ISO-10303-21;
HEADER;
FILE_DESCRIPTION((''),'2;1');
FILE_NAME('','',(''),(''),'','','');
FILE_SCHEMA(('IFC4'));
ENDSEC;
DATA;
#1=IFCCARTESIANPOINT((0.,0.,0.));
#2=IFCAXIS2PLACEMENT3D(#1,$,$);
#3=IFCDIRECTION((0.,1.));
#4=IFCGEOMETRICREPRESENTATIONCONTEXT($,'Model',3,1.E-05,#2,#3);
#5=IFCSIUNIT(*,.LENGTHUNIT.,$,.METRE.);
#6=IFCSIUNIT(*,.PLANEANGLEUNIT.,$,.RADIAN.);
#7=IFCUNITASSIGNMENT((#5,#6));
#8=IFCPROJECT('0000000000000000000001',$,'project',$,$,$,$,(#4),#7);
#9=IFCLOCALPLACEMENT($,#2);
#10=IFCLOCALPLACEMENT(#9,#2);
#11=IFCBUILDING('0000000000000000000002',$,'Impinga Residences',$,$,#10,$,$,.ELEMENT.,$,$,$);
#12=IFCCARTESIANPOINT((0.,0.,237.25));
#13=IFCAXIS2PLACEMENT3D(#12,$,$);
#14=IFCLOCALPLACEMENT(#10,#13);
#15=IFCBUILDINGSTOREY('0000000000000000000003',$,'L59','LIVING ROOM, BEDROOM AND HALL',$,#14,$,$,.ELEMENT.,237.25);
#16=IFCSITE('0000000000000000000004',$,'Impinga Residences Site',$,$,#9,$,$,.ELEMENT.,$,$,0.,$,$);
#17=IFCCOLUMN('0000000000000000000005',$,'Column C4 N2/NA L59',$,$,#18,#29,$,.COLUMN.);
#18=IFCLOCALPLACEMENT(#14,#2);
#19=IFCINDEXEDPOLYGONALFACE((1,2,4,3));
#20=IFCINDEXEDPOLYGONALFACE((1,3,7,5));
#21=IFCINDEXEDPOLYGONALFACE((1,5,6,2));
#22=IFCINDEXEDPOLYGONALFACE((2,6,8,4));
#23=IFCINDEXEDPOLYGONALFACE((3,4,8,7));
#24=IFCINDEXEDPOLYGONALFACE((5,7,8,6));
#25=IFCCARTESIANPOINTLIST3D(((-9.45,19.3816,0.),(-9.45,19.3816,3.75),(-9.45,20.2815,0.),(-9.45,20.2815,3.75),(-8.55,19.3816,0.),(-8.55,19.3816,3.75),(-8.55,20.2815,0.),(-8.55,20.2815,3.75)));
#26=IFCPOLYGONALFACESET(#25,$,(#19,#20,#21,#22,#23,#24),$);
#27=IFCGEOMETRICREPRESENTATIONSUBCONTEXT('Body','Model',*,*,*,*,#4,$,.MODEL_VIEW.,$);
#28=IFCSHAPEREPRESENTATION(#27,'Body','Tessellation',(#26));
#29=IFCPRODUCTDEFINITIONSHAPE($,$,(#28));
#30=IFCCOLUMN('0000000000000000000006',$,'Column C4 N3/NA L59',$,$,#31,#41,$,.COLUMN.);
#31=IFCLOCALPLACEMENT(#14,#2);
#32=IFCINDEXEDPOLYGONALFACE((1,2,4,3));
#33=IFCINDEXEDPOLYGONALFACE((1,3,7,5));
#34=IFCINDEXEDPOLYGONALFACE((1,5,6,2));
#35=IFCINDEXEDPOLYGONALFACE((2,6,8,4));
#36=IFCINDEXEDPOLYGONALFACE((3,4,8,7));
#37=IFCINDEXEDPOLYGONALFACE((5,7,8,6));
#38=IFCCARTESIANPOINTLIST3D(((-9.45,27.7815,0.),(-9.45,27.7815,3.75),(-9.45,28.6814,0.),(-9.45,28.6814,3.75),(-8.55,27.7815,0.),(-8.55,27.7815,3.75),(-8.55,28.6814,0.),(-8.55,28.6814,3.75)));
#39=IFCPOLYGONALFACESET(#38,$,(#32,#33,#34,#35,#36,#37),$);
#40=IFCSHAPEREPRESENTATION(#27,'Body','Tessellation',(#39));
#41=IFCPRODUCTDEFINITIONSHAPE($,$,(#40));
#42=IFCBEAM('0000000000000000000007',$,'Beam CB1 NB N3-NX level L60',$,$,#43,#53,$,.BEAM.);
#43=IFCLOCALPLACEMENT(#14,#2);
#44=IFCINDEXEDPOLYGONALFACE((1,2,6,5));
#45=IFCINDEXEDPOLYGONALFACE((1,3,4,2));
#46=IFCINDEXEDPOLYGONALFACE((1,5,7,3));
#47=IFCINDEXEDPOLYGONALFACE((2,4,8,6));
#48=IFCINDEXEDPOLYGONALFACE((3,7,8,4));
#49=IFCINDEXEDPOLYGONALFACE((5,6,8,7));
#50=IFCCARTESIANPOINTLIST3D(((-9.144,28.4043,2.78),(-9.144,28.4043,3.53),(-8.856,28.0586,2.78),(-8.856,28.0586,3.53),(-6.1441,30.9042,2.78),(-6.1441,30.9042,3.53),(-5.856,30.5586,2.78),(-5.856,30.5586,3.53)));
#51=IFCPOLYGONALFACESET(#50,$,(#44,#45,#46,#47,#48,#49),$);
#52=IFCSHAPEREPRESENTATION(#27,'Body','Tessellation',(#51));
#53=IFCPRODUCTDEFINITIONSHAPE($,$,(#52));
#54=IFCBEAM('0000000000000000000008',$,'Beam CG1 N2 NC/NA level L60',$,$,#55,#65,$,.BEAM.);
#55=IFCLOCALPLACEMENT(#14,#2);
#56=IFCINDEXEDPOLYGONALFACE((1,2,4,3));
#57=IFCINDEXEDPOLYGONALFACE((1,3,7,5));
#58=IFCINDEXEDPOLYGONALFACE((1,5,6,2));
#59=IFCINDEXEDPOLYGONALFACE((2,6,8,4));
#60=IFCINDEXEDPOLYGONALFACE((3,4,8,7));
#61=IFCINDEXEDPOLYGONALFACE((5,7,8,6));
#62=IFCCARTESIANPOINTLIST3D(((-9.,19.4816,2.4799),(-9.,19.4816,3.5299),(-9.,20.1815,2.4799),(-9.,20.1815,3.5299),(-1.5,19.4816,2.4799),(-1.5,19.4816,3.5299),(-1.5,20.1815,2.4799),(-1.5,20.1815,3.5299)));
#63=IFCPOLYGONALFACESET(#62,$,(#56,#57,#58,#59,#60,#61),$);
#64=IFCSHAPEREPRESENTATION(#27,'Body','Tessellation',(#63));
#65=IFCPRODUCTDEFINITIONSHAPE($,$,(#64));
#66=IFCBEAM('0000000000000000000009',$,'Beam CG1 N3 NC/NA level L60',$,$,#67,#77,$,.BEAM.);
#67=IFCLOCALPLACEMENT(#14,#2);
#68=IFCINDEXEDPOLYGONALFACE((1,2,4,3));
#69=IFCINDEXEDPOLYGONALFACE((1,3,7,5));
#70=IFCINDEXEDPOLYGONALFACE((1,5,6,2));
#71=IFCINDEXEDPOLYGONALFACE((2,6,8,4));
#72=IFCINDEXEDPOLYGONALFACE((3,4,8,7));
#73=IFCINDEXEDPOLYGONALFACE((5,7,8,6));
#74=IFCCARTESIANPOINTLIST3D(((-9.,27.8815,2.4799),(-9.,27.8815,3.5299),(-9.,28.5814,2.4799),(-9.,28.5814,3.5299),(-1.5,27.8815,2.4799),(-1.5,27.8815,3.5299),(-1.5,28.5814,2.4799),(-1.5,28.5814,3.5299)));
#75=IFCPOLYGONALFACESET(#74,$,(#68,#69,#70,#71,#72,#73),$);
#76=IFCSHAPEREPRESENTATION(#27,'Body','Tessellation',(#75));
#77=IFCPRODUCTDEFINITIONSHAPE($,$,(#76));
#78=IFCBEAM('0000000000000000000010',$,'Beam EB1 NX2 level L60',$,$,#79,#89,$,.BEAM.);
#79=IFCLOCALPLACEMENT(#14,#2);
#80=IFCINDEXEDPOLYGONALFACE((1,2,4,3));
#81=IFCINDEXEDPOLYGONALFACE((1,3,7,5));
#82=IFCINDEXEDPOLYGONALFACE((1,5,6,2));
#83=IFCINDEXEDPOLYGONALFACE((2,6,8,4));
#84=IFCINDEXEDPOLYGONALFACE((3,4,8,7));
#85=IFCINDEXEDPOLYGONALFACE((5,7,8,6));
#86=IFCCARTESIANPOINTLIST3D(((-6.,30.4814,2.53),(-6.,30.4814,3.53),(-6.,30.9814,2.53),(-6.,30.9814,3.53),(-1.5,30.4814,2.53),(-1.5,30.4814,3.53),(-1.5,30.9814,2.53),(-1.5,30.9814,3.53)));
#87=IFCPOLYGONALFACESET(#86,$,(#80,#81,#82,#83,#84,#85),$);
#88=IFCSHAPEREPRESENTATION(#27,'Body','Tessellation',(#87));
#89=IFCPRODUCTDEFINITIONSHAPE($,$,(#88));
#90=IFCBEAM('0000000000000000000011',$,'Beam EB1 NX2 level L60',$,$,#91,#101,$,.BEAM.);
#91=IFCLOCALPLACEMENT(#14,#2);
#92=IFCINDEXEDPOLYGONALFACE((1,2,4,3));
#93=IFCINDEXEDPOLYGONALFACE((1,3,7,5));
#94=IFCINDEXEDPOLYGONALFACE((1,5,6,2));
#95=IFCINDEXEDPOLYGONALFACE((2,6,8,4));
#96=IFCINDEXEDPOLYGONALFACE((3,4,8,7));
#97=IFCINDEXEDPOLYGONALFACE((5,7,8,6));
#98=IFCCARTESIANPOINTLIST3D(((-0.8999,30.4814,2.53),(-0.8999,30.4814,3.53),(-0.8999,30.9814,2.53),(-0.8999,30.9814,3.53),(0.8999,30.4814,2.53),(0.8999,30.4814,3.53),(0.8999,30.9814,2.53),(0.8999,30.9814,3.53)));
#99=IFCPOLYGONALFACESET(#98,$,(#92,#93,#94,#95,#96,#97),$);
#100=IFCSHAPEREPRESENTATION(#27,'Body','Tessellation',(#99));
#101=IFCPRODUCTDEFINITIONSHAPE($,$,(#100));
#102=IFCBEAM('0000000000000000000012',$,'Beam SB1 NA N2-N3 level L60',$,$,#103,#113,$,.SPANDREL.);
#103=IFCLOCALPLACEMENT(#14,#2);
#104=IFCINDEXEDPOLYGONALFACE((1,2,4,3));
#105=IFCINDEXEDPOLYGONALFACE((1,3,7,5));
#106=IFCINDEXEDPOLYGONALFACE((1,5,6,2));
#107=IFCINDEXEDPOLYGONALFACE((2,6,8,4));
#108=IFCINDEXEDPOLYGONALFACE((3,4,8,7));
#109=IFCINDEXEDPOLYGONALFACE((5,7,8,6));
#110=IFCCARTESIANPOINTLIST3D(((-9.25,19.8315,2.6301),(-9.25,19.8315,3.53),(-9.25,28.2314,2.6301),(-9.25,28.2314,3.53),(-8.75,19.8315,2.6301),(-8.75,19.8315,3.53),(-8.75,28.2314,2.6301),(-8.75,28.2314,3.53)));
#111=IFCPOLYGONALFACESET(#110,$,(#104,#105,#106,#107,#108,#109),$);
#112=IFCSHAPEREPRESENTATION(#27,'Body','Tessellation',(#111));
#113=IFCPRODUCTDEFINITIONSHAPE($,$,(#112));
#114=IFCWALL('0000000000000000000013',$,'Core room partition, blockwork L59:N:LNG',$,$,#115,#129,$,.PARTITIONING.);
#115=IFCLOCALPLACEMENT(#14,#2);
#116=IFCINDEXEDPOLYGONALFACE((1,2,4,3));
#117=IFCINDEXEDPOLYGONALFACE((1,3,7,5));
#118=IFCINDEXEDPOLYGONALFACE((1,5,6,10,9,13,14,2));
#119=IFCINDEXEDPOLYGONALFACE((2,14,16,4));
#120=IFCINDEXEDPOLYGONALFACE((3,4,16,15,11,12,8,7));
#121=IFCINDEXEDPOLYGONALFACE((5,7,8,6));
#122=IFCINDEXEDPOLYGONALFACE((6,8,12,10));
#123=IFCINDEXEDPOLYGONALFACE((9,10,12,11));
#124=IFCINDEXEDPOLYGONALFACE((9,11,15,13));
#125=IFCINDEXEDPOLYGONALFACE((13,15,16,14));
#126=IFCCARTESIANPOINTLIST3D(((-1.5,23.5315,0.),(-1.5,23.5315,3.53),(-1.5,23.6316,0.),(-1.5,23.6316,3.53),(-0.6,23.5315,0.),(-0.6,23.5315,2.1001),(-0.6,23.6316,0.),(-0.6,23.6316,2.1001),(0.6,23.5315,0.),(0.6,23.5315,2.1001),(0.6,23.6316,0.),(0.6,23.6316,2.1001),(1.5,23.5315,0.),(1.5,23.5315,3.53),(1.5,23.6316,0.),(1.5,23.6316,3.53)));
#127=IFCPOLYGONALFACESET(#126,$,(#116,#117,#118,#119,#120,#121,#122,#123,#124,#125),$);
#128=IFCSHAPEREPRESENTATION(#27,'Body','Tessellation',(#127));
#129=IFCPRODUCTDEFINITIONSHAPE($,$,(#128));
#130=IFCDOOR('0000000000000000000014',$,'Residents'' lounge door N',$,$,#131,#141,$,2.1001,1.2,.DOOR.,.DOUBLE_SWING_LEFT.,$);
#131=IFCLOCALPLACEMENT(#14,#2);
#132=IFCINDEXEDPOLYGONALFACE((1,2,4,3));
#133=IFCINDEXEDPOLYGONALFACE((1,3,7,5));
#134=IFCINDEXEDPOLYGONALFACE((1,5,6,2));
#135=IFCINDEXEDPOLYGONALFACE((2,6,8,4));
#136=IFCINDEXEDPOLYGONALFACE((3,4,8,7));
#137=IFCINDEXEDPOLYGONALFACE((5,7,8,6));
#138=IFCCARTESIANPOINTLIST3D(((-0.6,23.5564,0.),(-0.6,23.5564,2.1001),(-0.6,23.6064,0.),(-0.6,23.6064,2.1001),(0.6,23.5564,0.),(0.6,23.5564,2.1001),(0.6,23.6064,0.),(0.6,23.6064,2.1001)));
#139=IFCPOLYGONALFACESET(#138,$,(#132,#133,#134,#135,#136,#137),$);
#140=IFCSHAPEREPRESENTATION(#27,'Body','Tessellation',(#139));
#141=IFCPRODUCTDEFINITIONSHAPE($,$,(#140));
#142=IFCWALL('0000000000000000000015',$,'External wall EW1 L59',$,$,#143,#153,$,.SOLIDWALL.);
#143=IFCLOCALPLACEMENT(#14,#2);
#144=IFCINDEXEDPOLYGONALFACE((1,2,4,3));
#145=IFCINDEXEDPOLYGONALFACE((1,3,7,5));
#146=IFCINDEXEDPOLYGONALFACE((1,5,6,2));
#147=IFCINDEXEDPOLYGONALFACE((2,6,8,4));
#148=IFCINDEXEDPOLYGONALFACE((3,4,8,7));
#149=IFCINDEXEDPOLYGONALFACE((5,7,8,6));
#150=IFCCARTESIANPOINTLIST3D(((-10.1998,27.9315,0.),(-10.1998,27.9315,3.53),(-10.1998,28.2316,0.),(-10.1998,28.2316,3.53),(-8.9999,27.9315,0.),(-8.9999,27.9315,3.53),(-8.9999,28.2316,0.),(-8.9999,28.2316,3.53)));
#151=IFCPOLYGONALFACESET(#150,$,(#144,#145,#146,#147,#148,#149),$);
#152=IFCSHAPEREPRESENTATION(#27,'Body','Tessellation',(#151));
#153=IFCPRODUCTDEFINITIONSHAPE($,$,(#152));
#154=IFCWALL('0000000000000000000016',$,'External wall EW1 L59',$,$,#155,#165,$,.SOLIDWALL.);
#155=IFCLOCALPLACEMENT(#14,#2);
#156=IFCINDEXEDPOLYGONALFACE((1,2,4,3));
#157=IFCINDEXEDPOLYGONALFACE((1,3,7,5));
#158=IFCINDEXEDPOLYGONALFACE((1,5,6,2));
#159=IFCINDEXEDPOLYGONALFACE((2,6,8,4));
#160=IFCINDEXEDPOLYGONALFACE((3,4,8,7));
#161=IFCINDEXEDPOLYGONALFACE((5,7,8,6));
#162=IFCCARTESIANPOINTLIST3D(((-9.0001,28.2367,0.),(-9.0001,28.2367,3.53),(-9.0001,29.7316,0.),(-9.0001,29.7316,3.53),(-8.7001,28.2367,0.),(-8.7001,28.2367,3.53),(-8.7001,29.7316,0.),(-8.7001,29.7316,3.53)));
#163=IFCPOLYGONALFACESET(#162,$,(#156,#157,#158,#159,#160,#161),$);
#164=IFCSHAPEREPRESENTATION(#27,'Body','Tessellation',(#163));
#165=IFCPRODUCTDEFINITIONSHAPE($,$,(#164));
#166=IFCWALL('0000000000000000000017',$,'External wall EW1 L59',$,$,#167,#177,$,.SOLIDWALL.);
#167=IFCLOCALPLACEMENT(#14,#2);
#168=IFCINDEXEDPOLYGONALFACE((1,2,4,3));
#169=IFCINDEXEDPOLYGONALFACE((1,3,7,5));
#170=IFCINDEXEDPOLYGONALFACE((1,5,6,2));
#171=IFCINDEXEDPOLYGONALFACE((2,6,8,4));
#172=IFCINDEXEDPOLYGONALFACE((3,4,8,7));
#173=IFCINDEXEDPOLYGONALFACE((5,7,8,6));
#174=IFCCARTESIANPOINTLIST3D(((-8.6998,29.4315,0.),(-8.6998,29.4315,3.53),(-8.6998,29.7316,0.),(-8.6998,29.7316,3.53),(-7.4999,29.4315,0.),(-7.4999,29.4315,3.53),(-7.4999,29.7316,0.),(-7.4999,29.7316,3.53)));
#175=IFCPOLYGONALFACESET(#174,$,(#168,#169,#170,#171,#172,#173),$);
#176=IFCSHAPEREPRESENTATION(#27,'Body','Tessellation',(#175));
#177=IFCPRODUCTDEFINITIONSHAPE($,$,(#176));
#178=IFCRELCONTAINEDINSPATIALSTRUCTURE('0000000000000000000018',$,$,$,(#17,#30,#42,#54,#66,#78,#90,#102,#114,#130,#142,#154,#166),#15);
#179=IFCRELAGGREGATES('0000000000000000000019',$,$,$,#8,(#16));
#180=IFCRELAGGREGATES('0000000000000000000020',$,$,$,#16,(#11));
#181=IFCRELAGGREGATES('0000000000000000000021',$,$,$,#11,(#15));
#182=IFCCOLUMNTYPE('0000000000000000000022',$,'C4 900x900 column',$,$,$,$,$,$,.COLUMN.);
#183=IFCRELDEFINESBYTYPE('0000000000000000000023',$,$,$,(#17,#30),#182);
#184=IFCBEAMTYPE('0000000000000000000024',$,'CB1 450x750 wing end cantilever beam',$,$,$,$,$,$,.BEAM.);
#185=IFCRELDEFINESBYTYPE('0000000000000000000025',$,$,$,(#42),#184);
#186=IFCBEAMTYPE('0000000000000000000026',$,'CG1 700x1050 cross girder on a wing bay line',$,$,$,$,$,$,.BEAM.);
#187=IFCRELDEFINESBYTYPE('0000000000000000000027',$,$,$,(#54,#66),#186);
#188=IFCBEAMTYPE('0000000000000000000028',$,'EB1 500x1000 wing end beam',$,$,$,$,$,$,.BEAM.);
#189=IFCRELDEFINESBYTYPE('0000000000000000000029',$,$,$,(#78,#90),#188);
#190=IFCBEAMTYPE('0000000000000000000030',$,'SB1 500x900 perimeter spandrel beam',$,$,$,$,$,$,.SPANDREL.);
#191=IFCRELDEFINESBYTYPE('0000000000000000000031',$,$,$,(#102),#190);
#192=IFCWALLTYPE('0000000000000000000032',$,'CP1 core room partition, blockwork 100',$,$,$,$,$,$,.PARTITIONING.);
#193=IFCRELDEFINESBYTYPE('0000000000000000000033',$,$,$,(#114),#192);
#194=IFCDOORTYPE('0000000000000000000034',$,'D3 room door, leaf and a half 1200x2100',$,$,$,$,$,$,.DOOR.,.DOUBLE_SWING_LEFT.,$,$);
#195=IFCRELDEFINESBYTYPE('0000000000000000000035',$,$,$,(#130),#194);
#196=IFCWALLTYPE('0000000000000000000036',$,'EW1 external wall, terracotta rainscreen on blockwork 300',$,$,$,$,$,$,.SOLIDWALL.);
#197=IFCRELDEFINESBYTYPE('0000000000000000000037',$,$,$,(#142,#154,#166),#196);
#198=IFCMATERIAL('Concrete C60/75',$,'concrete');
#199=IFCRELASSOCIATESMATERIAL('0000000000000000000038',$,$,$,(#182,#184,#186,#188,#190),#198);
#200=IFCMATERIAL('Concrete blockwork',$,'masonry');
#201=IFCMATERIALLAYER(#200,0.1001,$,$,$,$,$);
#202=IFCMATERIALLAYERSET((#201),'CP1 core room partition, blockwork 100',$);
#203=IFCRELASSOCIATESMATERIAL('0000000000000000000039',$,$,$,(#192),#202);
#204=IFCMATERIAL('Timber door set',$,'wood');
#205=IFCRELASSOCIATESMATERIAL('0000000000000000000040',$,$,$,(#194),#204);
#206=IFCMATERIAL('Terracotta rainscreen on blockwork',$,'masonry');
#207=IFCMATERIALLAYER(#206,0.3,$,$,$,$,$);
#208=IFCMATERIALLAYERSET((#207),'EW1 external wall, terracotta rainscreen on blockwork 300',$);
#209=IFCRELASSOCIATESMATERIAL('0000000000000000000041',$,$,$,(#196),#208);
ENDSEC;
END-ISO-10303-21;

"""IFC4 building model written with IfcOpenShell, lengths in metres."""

from ifc_helpers import new_model, si_unit, direction, frame, frame_2d, origin, origin_2d, place, context, subcontext, project, spatial, rectangle, extrude, material, layer, layer_set, material_profile, profile_set, type_object, element, fill, save


model = new_model("IFC4")

# Units and contexts
model_context = context("Model", 3, precision=1e-05, world=origin(), true_north=direction((0.0, 1.0)))
body_context = subcontext(model_context, "Body", "Model", "MODEL_VIEW")
ifc_project = project(units=[si_unit("LENGTHUNIT", "METRE"), si_unit("PLANEANGLEUNIT", "RADIAN")], contexts=[model_context])

# Site, building, storey
site_placement = place(None, origin())
site = spatial("IfcSite", under=ifc_project, at=site_placement, Name="Impinga Residences Site", CompositionType="ELEMENT", RefElevation=0.0)
building_placement = place(site_placement, origin())
building = spatial("IfcBuilding", under=site, at=building_placement, Name="Impinga Residences", CompositionType="ELEMENT")
storey_placement = place(building_placement, frame((0.0, 0.0, 237.25)))
storey = spatial("IfcBuildingStorey", under=building, at=storey_placement, Name="L59", Description="LIVING ROOM, BEDROOM AND HALL", CompositionType="ELEMENT", Elevation=237.25)

# Columns
ifc_material_1 = material(Name="Concrete C60/75", Category="concrete")
ifc_material_profile_1 = material_profile(ifc_material_1, rectangle(XDim=0.8999, YDim=0.8999, at=origin_2d()), Name="RC 900x900")
ifc_profile_set_1 = profile_set([ifc_material_profile_1], Name="Concrete C60/75")
column_type = type_object("IfcColumnType", Name="C4 900x900 column", PredefinedType="COLUMN", material=ifc_profile_set_1)
for number, where, z_axis, x_axis, name in (
    (1, (-9.0, 19.8315, 0.0), (0.0, 0.0, 1.0), (1.0, 0.0, 0.0), "Column C4 N2/NA L59"),
    (2, (-9.0, 28.2314, 0.0), (0.0, 0.0, 1.0), (1.0, 0.0, 0.0), "Column C4 N3/NA L59"),
):
    element("IfcColumn", number, at=place(storey_placement, frame(where, z_axis=z_axis, x_axis=x_axis)), inside=storey, type_object=column_type, Name=name, PredefinedType="COLUMN", context=body_context, shape_type="SweptSolid", body=[
        extrude(rectangle(XDim=0.8999, YDim=0.8999, at=origin_2d()), origin(), (0.0, 0.0, 1.0), 3.75),
    ])

# Beams
ifc_material_profile_2 = material_profile(ifc_material_1, rectangle(XDim=0.45, YDim=0.75, at=origin_2d()), Name="RC 450x750")
ifc_profile_set_2 = profile_set([ifc_material_profile_2], Name="Concrete C60/75")
beam_type_1 = type_object("IfcBeamType", Name="CB1 450x750 wing end cantilever beam", PredefinedType="BEAM", material=ifc_profile_set_2)
beam_1_placement = place(storey_placement, frame((-9.0, 28.2314, 3.155), z_axis=(0.768221, 0.640184, 0.0), x_axis=(-0.640184, 0.768221, 0.0)))
element("IfcBeam", 3, at=beam_1_placement, inside=storey, type_object=beam_type_1, Name="Beam CB1 NB N3-NX level L60", PredefinedType="BEAM", context=body_context, shape_type="SweptSolid", body=[
    extrude(rectangle(XDim=0.45, YDim=0.75, at=origin_2d()), origin(), (0.0, 0.0, 1.0), 3.905),
])
ifc_material_profile_3 = material_profile(ifc_material_1, rectangle(XDim=0.7, YDim=1.05, at=origin_2d()), Name="RC 700x1050")
ifc_profile_set_3 = profile_set([ifc_material_profile_3], Name="Concrete C60/75")
beam_type_2 = type_object("IfcBeamType", Name="CG1 700x1050 cross girder on a wing bay line", PredefinedType="BEAM", material=ifc_profile_set_3)
for number, where, z_axis, x_axis, name in (
    (4, (-1.5, 19.8315, 3.0049), (-1.0, 0.0, 0.0), (0.0, -1.0, 0.0), "Beam CG1 N2 NC/NA level L60"),
    (5, (-1.5, 28.2314, 3.0049), (-1.0, 0.0, 0.0), (0.0, -1.0, 0.0), "Beam CG1 N3 NC/NA level L60"),
):
    element("IfcBeam", number, at=place(storey_placement, frame(where, z_axis=z_axis, x_axis=x_axis)), inside=storey, type_object=beam_type_2, Name=name, PredefinedType="BEAM", context=body_context, shape_type="SweptSolid", body=[
        extrude(rectangle(XDim=0.7, YDim=1.05, at=origin_2d()), origin(), (0.0, 0.0, 1.0), 7.5),
    ])
ifc_material_profile_4 = material_profile(ifc_material_1, rectangle(XDim=0.5, YDim=1.0, at=origin_2d()), Name="RC 500x1000")
ifc_profile_set_4 = profile_set([ifc_material_profile_4], Name="Concrete C60/75")
beam_type_3 = type_object("IfcBeamType", Name="EB1 500x1000 wing end beam", PredefinedType="BEAM", material=ifc_profile_set_4)
beam_2_placement = place(storey_placement, frame((-6.0, 30.7314, 3.03), z_axis=(1.0, 0.0, 0.0), x_axis=(0.0, 1.0, 0.0)))
element("IfcBeam", 6, at=beam_2_placement, inside=storey, type_object=beam_type_3, Name="Beam EB1 NX2 level L60", PredefinedType="BEAM", context=body_context, shape_type="SweptSolid", body=[
    extrude(rectangle(XDim=0.5, YDim=1.0, at=origin_2d()), origin(), (0.0, 0.0, 1.0), 4.5),
])
beam_3_placement = place(storey_placement, frame((-0.8999, 30.7314, 3.03), z_axis=(1.0, 0.0, 0.0), x_axis=(0.0, 1.0, 0.0)))
element("IfcBeam", 7, at=beam_3_placement, inside=storey, type_object=beam_type_3, Name="Beam EB1 NX2 level L60", PredefinedType="BEAM", context=body_context, shape_type="SweptSolid", body=[
    extrude(rectangle(XDim=0.5, YDim=1.0, at=origin_2d()), origin(), (0.0, 0.0, 1.0), 1.7998),
])
ifc_material_profile_5 = material_profile(ifc_material_1, rectangle(XDim=0.5, YDim=0.8999, at=origin_2d()), Name="RC 500x900")
ifc_profile_set_5 = profile_set([ifc_material_profile_5], Name="Concrete C60/75")
beam_type_4 = type_object("IfcBeamType", Name="SB1 500x900 perimeter spandrel beam", PredefinedType="SPANDREL", material=ifc_profile_set_5)
beam_4_placement = place(storey_placement, frame((-9.0, 19.8315, 3.0801), z_axis=(0.0, 1.0, 0.0), x_axis=(-1.0, 0.0, 0.0)))
element("IfcBeam", 8, at=beam_4_placement, inside=storey, type_object=beam_type_4, Name="Beam SB1 NA N2-N3 level L60", PredefinedType="SPANDREL", context=body_context, shape_type="SweptSolid", body=[
    extrude(rectangle(XDim=0.5, YDim=0.8999, at=origin_2d()), origin(), (0.0, 0.0, 1.0), 8.3999),
])

# Wall, opening, door
ifc_material_2 = material(Name="Concrete blockwork", Category="masonry")
ifc_layer_1 = layer(ifc_material_2, 0.1001)
ifc_layer_set_1 = layer_set([ifc_layer_1], Name="CP1 core room partition, blockwork 100")
wall_type_1 = type_object("IfcWallType", Name="CP1 core room partition, blockwork 100", PredefinedType="PARTITIONING", material=ifc_layer_set_1)
wall_1_placement = place(storey_placement, frame((-1.5, 23.5815, 0.0), z_axis=(0.0, 0.0, 1.0), x_axis=(1.0, 0.0, 0.0)))
wall_1 = element("IfcWall", 9, at=wall_1_placement, inside=storey, type_object=wall_type_1, Name="Core room partition, blockwork L59:N:LNG", PredefinedType="PARTITIONING", context=body_context, shape_type="SweptSolid", body=[
    extrude(rectangle(XDim=3.0, YDim=0.1001, at=frame_2d((1.5, 0.0))), origin(), (0.0, 0.0, 1.0), 3.53),
])
opening_1_placement = place(wall_1_placement, frame((0.8999, 0.0, 0.0)))
opening_1 = element("IfcOpeningElement", 10, at=opening_1_placement, cuts=wall_1, PredefinedType="OPENING", context=body_context, shape_type="SweptSolid", body=[
    extrude(rectangle(XDim=1.2, YDim=2.1001, at=frame_2d((0.6001, 1.05))), frame((0.0, 0.0601, 0.0), z_axis=(0.0, -1.0, 0.0), x_axis=(1.0, 0.0, 0.0)), (0.0, 0.0, 1.0), 0.1201),
])
ifc_material_3 = material(Name="Timber door set", Category="wood")
door_type_1 = type_object("IfcDoorType", Name="D3 room door, leaf and a half 1200x2100", OperationType="DOUBLE_SWING_LEFT", PredefinedType="DOOR", material=ifc_material_3)
door_1_placement = place(opening_1_placement, origin())
door_1 = element("IfcDoor", 11, at=door_1_placement, inside=storey, type_object=door_type_1, Name="Residents' lounge door N", OperationType="DOUBLE_SWING_LEFT", OverallHeight=2.1001, OverallWidth=1.2, PredefinedType="DOOR", context=body_context, shape_type="SweptSolid", body=[
    extrude(rectangle(XDim=1.2, YDim=2.1001, at=frame_2d((0.6001, 1.05))), frame((0.0, 0.0249, 0.0), z_axis=(0.0, -1.0, 0.0), x_axis=(1.0, 0.0, 0.0)), (0.0, 0.0, 1.0), 0.05),
])
fill(opening_1, door_1)

# Walls
ifc_material_4 = material(Name="Terracotta rainscreen on blockwork", Category="masonry")
ifc_layer_2 = layer(ifc_material_4, 0.3)
ifc_layer_set_2 = layer_set([ifc_layer_2], Name="EW1 external wall, terracotta rainscreen on blockwork 300")
wall_type_2 = type_object("IfcWallType", Name="EW1 external wall, terracotta rainscreen on blockwork 300", PredefinedType="SOLIDWALL", material=ifc_layer_set_2)
wall_2_placement = place(storey_placement, frame((-10.2, 28.0815, 0.0), z_axis=(0.0, 0.0, 1.0), x_axis=(1.0, 0.0, 0.0)))
element("IfcWall", 12, at=wall_2_placement, inside=storey, type_object=wall_type_2, Name="External wall EW1 L59", PredefinedType="SOLIDWALL", context=body_context, shape_type="SweptSolid", body=[
    extrude(rectangle(XDim=1.2, YDim=0.3, at=frame_2d((0.6001, 0.0))), origin(), (0.0, 0.0, 1.0), 3.53),
])
wall_3_placement = place(storey_placement, frame((-8.8501, 28.2366, 0.0), z_axis=(0.0, 0.0, 1.0), x_axis=(0.0, 1.0, 0.0)))
element("IfcWall", 13, at=wall_3_placement, inside=storey, type_object=wall_type_2, Name="External wall EW1 L59", PredefinedType="SOLIDWALL", context=body_context, shape_type="SweptSolid", body=[
    extrude(rectangle(XDim=1.4949, YDim=0.3, at=frame_2d((0.7476, 0.0))), origin(), (0.0, 0.0, 1.0), 3.53),
])
wall_4_placement = place(storey_placement, frame((-8.7, 29.5815, 0.0), z_axis=(0.0, 0.0, 1.0), x_axis=(1.0, 0.0, 0.0)))
element("IfcWall", 14, at=wall_4_placement, inside=storey, type_object=wall_type_2, Name="External wall EW1 L59", PredefinedType="SOLIDWALL", context=body_context, shape_type="SweptSolid", body=[
    extrude(rectangle(XDim=1.2, YDim=0.3, at=frame_2d((0.6001, 0.0))), origin(), (0.0, 0.0, 1.0), 3.53),
])

save(model, "model.ifc")
